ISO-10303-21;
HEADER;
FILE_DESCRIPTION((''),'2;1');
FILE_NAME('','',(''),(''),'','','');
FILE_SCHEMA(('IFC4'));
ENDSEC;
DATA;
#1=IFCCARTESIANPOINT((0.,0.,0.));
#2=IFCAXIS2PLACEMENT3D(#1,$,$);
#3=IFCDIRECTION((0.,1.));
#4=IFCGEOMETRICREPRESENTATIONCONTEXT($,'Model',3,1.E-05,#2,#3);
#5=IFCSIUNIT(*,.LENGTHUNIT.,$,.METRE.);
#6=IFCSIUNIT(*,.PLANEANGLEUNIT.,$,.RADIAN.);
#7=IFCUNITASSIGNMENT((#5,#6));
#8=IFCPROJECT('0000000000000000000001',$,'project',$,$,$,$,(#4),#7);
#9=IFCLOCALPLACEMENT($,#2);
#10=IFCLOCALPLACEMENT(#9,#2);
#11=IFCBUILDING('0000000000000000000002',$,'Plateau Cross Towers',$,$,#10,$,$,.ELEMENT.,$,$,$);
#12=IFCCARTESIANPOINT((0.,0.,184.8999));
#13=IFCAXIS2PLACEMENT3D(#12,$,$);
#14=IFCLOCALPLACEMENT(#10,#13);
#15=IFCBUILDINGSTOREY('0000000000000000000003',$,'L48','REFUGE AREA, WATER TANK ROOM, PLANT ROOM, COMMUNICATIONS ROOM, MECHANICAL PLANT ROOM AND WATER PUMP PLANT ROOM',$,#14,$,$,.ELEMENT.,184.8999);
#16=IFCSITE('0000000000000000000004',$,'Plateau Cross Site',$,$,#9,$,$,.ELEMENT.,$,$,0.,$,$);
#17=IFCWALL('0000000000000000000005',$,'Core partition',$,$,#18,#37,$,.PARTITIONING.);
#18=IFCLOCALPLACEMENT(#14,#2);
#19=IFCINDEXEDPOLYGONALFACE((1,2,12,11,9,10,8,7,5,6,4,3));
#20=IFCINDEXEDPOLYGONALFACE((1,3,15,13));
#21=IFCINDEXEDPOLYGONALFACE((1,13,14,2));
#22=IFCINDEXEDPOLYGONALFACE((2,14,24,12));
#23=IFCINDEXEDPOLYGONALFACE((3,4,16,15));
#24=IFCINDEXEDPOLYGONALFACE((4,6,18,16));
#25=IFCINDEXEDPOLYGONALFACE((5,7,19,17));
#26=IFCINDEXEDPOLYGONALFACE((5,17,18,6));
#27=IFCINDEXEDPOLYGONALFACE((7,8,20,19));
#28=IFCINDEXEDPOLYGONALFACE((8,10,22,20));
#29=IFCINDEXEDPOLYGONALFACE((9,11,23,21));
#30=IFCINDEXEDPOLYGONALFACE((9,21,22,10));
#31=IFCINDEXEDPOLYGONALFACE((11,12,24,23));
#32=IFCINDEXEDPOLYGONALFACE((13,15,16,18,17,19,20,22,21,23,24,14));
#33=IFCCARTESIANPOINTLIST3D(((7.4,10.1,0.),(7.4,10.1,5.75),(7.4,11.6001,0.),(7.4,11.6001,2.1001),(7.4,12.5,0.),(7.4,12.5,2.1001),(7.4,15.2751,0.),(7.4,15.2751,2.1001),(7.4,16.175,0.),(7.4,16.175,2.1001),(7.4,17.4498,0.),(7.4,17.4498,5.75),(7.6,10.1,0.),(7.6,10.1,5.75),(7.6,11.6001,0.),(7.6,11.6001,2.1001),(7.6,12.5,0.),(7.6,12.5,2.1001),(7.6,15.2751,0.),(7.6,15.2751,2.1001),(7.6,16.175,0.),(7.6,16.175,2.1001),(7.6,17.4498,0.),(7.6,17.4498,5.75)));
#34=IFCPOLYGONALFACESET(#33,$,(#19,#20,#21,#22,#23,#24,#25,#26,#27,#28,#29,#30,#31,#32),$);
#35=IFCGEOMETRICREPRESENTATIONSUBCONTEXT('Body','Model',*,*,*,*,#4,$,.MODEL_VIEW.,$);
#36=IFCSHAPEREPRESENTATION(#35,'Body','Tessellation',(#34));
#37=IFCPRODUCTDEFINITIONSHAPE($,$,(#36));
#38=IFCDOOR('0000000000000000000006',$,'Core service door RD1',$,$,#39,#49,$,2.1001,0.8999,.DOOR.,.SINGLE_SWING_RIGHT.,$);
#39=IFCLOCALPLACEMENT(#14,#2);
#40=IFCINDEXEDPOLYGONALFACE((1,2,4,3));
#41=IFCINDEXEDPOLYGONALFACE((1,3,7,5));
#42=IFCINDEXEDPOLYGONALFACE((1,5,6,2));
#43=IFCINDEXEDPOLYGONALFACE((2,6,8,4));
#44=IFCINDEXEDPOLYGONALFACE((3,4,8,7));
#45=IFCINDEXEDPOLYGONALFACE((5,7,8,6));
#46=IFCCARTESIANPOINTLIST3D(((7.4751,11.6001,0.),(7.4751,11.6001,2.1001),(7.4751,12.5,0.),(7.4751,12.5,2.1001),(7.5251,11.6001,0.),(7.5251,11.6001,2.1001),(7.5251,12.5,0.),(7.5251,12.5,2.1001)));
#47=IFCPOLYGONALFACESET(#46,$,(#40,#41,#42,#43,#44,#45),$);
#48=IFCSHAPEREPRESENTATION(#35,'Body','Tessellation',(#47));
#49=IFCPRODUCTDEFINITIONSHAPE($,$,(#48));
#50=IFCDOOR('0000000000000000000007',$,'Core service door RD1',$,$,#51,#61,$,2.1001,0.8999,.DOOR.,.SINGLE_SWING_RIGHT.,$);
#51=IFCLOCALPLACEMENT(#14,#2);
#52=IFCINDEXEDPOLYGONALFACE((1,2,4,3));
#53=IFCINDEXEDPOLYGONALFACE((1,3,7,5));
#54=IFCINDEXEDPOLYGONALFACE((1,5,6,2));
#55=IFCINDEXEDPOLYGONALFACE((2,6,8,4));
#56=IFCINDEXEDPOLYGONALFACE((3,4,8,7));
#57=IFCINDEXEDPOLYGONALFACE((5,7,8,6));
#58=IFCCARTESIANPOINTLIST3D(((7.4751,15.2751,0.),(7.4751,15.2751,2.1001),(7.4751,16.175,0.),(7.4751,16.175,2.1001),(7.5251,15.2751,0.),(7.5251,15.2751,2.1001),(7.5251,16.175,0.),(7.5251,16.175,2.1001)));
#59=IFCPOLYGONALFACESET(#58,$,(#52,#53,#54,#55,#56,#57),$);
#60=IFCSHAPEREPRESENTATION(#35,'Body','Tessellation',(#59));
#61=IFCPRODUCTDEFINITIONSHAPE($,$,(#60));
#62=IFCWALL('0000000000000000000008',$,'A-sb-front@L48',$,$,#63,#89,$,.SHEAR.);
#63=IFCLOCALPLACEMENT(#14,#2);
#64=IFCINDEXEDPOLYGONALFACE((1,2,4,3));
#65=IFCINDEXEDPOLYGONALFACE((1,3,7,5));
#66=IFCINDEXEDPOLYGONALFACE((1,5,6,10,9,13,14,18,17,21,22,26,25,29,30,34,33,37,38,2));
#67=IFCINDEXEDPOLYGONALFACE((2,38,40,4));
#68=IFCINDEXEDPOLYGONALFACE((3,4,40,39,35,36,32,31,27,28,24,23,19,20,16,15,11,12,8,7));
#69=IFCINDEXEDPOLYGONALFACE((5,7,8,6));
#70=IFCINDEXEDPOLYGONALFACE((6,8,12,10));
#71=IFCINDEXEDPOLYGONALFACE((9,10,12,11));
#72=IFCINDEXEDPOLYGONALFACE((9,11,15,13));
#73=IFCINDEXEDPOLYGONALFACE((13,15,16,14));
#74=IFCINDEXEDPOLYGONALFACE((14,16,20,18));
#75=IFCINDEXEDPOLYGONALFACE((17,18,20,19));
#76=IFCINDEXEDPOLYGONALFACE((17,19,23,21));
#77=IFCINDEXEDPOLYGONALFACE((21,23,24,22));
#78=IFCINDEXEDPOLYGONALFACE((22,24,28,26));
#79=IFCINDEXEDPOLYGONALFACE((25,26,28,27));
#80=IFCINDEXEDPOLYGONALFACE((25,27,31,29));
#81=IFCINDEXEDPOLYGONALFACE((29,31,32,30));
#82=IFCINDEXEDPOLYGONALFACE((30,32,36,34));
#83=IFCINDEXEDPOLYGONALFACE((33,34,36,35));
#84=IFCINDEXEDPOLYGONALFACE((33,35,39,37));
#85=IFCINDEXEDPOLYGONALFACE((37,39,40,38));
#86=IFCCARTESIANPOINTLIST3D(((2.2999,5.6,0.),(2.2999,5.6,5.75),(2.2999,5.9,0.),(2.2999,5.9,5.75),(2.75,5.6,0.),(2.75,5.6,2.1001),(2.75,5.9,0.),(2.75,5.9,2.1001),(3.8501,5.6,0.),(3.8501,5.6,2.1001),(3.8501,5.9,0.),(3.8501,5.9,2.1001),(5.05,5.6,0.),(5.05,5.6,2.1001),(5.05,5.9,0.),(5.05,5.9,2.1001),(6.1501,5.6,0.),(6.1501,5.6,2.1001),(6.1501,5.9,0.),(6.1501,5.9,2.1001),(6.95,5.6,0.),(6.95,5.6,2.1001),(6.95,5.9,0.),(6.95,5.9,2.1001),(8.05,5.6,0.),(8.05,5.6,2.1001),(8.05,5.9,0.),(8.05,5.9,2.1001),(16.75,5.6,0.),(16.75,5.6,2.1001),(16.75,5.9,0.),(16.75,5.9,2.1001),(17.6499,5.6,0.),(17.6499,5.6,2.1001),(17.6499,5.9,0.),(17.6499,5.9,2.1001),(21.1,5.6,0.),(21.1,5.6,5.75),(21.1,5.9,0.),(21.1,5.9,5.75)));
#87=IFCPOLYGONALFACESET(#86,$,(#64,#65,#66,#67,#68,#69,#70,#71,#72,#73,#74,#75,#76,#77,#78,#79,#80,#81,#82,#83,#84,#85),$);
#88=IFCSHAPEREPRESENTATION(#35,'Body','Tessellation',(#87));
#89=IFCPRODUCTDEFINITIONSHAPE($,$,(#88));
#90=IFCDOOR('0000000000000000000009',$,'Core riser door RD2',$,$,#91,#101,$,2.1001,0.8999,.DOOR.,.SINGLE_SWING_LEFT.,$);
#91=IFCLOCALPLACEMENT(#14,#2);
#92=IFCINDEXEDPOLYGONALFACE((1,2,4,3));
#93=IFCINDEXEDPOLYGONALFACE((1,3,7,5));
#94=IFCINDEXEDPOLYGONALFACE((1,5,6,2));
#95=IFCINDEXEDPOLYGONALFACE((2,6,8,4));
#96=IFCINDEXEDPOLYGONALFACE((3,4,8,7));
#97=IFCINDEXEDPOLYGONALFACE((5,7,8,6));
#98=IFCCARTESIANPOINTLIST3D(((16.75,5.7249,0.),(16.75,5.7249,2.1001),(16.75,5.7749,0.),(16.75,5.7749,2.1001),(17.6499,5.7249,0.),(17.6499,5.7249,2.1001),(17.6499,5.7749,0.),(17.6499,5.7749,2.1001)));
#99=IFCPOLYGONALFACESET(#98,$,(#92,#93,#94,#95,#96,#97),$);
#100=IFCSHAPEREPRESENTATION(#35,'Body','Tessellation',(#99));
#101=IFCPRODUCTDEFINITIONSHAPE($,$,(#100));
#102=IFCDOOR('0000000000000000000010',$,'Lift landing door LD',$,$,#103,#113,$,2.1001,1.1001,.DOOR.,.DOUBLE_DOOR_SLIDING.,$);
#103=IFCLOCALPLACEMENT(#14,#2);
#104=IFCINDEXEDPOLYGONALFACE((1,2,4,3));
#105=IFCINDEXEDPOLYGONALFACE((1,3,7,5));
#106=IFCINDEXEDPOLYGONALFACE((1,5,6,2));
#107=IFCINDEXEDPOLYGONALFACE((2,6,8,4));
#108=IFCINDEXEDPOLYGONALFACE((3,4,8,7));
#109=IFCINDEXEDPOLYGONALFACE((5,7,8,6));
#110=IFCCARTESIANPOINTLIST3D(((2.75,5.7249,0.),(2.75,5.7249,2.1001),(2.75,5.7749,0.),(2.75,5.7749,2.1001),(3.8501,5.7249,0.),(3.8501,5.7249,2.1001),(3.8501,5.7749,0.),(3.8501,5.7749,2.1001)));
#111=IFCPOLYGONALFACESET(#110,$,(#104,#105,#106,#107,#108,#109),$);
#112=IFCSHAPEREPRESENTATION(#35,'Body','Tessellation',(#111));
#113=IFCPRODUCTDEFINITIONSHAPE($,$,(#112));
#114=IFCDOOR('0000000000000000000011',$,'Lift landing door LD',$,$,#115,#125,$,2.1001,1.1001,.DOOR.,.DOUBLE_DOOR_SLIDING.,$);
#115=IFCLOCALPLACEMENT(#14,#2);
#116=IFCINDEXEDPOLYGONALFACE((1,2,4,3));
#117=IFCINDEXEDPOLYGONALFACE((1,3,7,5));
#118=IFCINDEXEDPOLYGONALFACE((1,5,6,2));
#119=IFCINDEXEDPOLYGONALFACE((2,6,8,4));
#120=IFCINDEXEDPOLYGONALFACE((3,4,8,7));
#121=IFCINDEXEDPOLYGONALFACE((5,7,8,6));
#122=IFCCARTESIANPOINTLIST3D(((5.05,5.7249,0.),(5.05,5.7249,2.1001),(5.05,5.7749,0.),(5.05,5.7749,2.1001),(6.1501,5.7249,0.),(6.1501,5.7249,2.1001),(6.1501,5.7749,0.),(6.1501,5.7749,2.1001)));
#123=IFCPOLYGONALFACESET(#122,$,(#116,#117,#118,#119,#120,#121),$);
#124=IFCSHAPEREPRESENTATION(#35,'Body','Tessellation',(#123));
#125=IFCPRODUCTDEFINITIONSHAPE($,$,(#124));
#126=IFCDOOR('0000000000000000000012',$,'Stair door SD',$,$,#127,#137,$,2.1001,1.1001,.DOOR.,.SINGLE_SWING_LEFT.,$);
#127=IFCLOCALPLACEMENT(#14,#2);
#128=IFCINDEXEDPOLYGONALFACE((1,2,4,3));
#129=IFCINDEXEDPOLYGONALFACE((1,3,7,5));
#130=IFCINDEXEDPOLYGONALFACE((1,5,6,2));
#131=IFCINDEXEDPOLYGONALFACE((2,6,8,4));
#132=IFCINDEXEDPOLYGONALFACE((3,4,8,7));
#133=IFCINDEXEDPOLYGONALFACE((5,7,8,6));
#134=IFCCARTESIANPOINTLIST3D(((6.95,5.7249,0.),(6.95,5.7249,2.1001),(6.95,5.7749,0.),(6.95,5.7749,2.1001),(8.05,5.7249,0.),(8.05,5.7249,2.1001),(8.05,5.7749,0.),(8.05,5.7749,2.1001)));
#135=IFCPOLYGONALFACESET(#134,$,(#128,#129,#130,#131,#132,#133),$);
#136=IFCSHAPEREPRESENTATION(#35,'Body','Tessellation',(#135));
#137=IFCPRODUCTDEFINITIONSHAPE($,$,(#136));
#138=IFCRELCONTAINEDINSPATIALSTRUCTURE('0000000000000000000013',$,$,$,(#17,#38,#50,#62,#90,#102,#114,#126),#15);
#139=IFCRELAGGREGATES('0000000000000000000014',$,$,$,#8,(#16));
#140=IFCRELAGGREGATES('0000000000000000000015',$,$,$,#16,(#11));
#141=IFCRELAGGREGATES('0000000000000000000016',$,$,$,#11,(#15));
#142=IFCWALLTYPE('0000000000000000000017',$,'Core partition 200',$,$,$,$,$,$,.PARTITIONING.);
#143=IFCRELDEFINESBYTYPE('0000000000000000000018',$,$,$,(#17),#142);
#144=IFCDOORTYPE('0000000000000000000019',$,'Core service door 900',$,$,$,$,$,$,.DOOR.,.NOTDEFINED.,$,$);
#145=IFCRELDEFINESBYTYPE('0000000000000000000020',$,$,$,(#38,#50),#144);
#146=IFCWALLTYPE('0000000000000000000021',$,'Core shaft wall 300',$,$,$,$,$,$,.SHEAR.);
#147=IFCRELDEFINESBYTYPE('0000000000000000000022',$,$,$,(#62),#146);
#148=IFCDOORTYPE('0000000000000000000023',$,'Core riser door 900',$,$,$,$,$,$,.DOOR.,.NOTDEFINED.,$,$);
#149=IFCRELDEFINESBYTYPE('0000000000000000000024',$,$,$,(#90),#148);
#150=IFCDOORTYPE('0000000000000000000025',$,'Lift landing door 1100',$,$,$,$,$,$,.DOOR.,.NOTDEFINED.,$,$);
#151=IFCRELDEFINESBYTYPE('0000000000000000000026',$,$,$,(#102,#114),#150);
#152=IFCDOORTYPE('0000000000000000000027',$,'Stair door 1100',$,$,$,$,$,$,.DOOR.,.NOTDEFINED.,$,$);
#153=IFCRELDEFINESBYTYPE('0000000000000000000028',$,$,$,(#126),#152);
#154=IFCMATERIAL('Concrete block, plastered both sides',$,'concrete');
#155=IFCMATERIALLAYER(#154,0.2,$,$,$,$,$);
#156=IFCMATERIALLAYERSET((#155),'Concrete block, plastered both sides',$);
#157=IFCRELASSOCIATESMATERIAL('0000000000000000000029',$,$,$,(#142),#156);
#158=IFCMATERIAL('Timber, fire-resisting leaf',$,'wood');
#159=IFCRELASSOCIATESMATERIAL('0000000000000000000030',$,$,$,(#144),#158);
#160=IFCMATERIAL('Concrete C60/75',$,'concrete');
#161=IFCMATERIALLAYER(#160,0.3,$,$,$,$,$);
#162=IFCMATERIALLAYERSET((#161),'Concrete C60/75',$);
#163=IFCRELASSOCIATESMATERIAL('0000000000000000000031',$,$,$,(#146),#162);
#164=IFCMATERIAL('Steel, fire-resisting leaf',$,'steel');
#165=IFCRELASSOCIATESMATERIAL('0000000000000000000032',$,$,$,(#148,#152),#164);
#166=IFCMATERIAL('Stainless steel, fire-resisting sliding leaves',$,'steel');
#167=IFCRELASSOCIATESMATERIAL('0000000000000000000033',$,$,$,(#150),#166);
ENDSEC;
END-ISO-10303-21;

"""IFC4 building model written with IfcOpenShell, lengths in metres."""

from ifc_helpers import new_model, si_unit, direction, frame, frame_2d, origin, place, context, subcontext, project, spatial, rectangle, extrude, material, layer, layer_set, type_object, element, fill, save


model = new_model("IFC4")

# Units and contexts
model_context = context("Model", 3, precision=1e-05, world=origin(), true_north=direction((0.0, 1.0)))
body_context = subcontext(model_context, "Body", "Model", "MODEL_VIEW")
ifc_project = project(units=[si_unit("LENGTHUNIT", "METRE"), si_unit("PLANEANGLEUNIT", "RADIAN")], contexts=[model_context])

# Site, building, storey
site_placement = place(None, origin())
site = spatial("IfcSite", under=ifc_project, at=site_placement, Name="Plateau Cross Site", CompositionType="ELEMENT", RefElevation=0.0)
building_placement = place(site_placement, origin())
building = spatial("IfcBuilding", under=site, at=building_placement, Name="Plateau Cross Towers", CompositionType="ELEMENT")
storey_placement = place(building_placement, frame((0.0, 0.0, 184.8999)))
storey = spatial("IfcBuildingStorey", under=building, at=storey_placement, Name="L48", Description="REFUGE AREA, WATER TANK ROOM, PLANT ROOM, COMMUNICATIONS ROOM, MECHANICAL PLANT ROOM AND WATER PUMP PLANT ROOM", CompositionType="ELEMENT", Elevation=184.8999)

# Shared definitions
ifc_material_1 = material(Name="Concrete block, plastered both sides", Category="concrete")
ifc_layer_1 = layer(ifc_material_1, 0.2)
ifc_layer_set_1 = layer_set([ifc_layer_1], Name="Concrete block, plastered both sides")
wall_type_1 = type_object("IfcWallType", Name="Core partition 200", PredefinedType="PARTITIONING", material=ifc_layer_set_1)
ifc_material_2 = material(Name="Steel, fire-resisting leaf", Category="steel")

# Walls, openings, doors
wall_1_placement = place(storey_placement, frame((7.5, 10.1001, 0.0), z_axis=(0.0, 0.0, 1.0), x_axis=(0.0, 1.0, 0.0)))
wall_1 = element("IfcWall", 1, at=wall_1_placement, inside=storey, type_object=wall_type_1, Name="Core partition", PredefinedType="PARTITIONING", context=body_context, shape_type="SweptSolid", body=[
    extrude(rectangle(XDim=7.3499, YDim=0.2, at=frame_2d((3.6748, 0.0))), origin(), (0.0, 0.0, 1.0), 5.75),
])
opening_1_placement = place(wall_1_placement, frame((1.5, 0.0, 0.0)))
opening_1 = element("IfcOpeningElement", 2, at=opening_1_placement, cuts=wall_1, PredefinedType="OPENING", context=body_context, shape_type="SweptSolid", body=[
    extrude(rectangle(XDim=0.8999, YDim=2.1001, at=frame_2d((0.45, 1.05))), frame((0.0, 0.1099, 0.0), z_axis=(0.0, -1.0, 0.0), x_axis=(1.0, 0.0, 0.0)), (0.0, 0.0, 1.0), 0.22),
])
opening_2_placement = place(wall_1_placement, frame((5.175, 0.0, 0.0)))
opening_2 = element("IfcOpeningElement", 3, at=opening_2_placement, cuts=wall_1, PredefinedType="OPENING", context=body_context, shape_type="SweptSolid", body=[
    extrude(rectangle(XDim=0.8999, YDim=2.1001, at=frame_2d((0.45, 1.05))), frame((0.0, 0.1099, 0.0), z_axis=(0.0, -1.0, 0.0), x_axis=(1.0, 0.0, 0.0)), (0.0, 0.0, 1.0), 0.22),
])
ifc_material_3 = material(Name="Timber, fire-resisting leaf", Category="wood")
door_type_1 = type_object("IfcDoorType", Name="Core service door 900", OperationType="NOTDEFINED", PredefinedType="DOOR", material=ifc_material_3)
door_1_placement = place(opening_1_placement, origin())
door_1 = element("IfcDoor", 4, at=door_1_placement, inside=storey, type_object=door_type_1, Name="Core service door RD1", OperationType="SINGLE_SWING_RIGHT", OverallHeight=2.1001, OverallWidth=0.8999, PredefinedType="DOOR", context=body_context, shape_type="SweptSolid", body=[
    extrude(rectangle(XDim=0.8999, YDim=2.1001, at=frame_2d((0.45, 1.05))), frame((0.0, 0.0249, 0.0), z_axis=(0.0, -1.0, 0.0), x_axis=(1.0, 0.0, 0.0)), (0.0, 0.0, 1.0), 0.05),
])
fill(opening_1, door_1)
door_2_placement = place(opening_2_placement, origin())
door_2 = element("IfcDoor", 5, at=door_2_placement, inside=storey, type_object=door_type_1, Name="Core service door RD1", OperationType="SINGLE_SWING_RIGHT", OverallHeight=2.1001, OverallWidth=0.8999, PredefinedType="DOOR", context=body_context, shape_type="SweptSolid", body=[
    extrude(rectangle(XDim=0.8999, YDim=2.1001, at=frame_2d((0.45, 1.05))), frame((0.0, 0.0249, 0.0), z_axis=(0.0, -1.0, 0.0), x_axis=(1.0, 0.0, 0.0)), (0.0, 0.0, 1.0), 0.05),
])
fill(opening_2, door_2)
ifc_material_4 = material(Name="Concrete C60/75", Category="concrete")
ifc_layer_2 = layer(ifc_material_4, 0.3)
ifc_layer_set_2 = layer_set([ifc_layer_2], Name="Concrete C60/75")
wall_type_2 = type_object("IfcWallType", Name="Core shaft wall 300", PredefinedType="SHEAR", material=ifc_layer_set_2)
wall_2_placement = place(storey_placement, frame((2.3, 5.75, 0.0), z_axis=(0.0, 0.0, 1.0), x_axis=(1.0, 0.0, 0.0)))
wall_2 = element("IfcWall", 6, at=wall_2_placement, inside=storey, type_object=wall_type_2, Name="A-sb-front@L48", PredefinedType="SHEAR", context=body_context, shape_type="SweptSolid", body=[
    extrude(rectangle(XDim=18.8, YDim=0.3, at=frame_2d((9.3999, 0.0))), origin(), (0.0, 0.0, 1.0), 5.75),
])
opening_3_placement = place(wall_2_placement, frame((4.6499, 0.0, 0.0)))
opening_3 = element("IfcOpeningElement", 7, at=opening_3_placement, cuts=wall_2, PredefinedType="OPENING", context=body_context, shape_type="SweptSolid", body=[
    extrude(rectangle(XDim=1.1001, YDim=2.1001, at=frame_2d((0.55, 1.05))), frame((0.0, 0.1599, 0.0), z_axis=(0.0, -1.0, 0.0), x_axis=(1.0, 0.0, 0.0)), (0.0, 0.0, 1.0), 0.3201),
])
opening_4_placement = place(wall_2_placement, frame((0.45, 0.0, 0.0)))
opening_4 = element("IfcOpeningElement", 8, at=opening_4_placement, cuts=wall_2, PredefinedType="OPENING", context=body_context, shape_type="SweptSolid", body=[
    extrude(rectangle(XDim=1.1001, YDim=2.1001, at=frame_2d((0.55, 1.05))), frame((0.0, 0.1599, 0.0), z_axis=(0.0, -1.0, 0.0), x_axis=(1.0, 0.0, 0.0)), (0.0, 0.0, 1.0), 0.3201),
])
opening_5_placement = place(wall_2_placement, frame((2.75, 0.0, 0.0)))
opening_5 = element("IfcOpeningElement", 9, at=opening_5_placement, cuts=wall_2, PredefinedType="OPENING", context=body_context, shape_type="SweptSolid", body=[
    extrude(rectangle(XDim=1.1001, YDim=2.1001, at=frame_2d((0.55, 1.05))), frame((0.0, 0.1599, 0.0), z_axis=(0.0, -1.0, 0.0), x_axis=(1.0, 0.0, 0.0)), (0.0, 0.0, 1.0), 0.3201),
])
opening_6_placement = place(wall_2_placement, frame((14.45, 0.0, 0.0)))
opening_6 = element("IfcOpeningElement", 10, at=opening_6_placement, cuts=wall_2, PredefinedType="OPENING", context=body_context, shape_type="SweptSolid", body=[
    extrude(rectangle(XDim=0.8999, YDim=2.1001, at=frame_2d((0.45, 1.05))), frame((0.0, 0.1599, 0.0), z_axis=(0.0, -1.0, 0.0), x_axis=(1.0, 0.0, 0.0)), (0.0, 0.0, 1.0), 0.3201),
])
door_type_2 = type_object("IfcDoorType", Name="Core riser door 900", OperationType="NOTDEFINED", PredefinedType="DOOR", material=ifc_material_2)
door_3_placement = place(opening_6_placement, origin())
door_3 = element("IfcDoor", 11, at=door_3_placement, inside=storey, type_object=door_type_2, Name="Core riser door RD2", OperationType="SINGLE_SWING_LEFT", OverallHeight=2.1001, OverallWidth=0.8999, PredefinedType="DOOR", context=body_context, shape_type="SweptSolid", body=[
    extrude(rectangle(XDim=0.8999, YDim=2.1001, at=frame_2d((0.45, 1.05))), frame((0.0, 0.0249, 0.0), z_axis=(0.0, -1.0, 0.0), x_axis=(1.0, 0.0, 0.0)), (0.0, 0.0, 1.0), 0.05),
])
fill(opening_6, door_3)
ifc_material_5 = material(Name="Stainless steel, fire-resisting sliding leaves", Category="steel")
door_type_3 = type_object("IfcDoorType", Name="Lift landing door 1100", OperationType="NOTDEFINED", PredefinedType="DOOR", material=ifc_material_5)
door_4_placement = place(opening_4_placement, origin())
door_4 = element("IfcDoor", 12, at=door_4_placement, inside=storey, type_object=door_type_3, Name="Lift landing door LD", OperationType="DOUBLE_DOOR_SLIDING", OverallHeight=2.1001, OverallWidth=1.1001, PredefinedType="DOOR", context=body_context, shape_type="SweptSolid", body=[
    extrude(rectangle(XDim=1.1001, YDim=2.1001, at=frame_2d((0.55, 1.05))), frame((0.0, 0.0249, 0.0), z_axis=(0.0, -1.0, 0.0), x_axis=(1.0, 0.0, 0.0)), (0.0, 0.0, 1.0), 0.05),
])
fill(opening_4, door_4)
door_5_placement = place(opening_5_placement, origin())
door_5 = element("IfcDoor", 13, at=door_5_placement, inside=storey, type_object=door_type_3, Name="Lift landing door LD", OperationType="DOUBLE_DOOR_SLIDING", OverallHeight=2.1001, OverallWidth=1.1001, PredefinedType="DOOR", context=body_context, shape_type="SweptSolid", body=[
    extrude(rectangle(XDim=1.1001, YDim=2.1001, at=frame_2d((0.55, 1.05))), frame((0.0, 0.0249, 0.0), z_axis=(0.0, -1.0, 0.0), x_axis=(1.0, 0.0, 0.0)), (0.0, 0.0, 1.0), 0.05),
])
fill(opening_5, door_5)
door_type_4 = type_object("IfcDoorType", Name="Stair door 1100", OperationType="NOTDEFINED", PredefinedType="DOOR", material=ifc_material_2)
door_6_placement = place(opening_3_placement, origin())
door_6 = element("IfcDoor", 14, at=door_6_placement, inside=storey, type_object=door_type_4, Name="Stair door SD", OperationType="SINGLE_SWING_LEFT", OverallHeight=2.1001, OverallWidth=1.1001, PredefinedType="DOOR", context=body_context, shape_type="SweptSolid", body=[
    extrude(rectangle(XDim=1.1001, YDim=2.1001, at=frame_2d((0.55, 1.05))), frame((0.0, 0.0249, 0.0), z_axis=(0.0, -1.0, 0.0), x_axis=(1.0, 0.0, 0.0)), (0.0, 0.0, 1.0), 0.05),
])
fill(opening_3, door_6)

save(model, "model.ifc")
